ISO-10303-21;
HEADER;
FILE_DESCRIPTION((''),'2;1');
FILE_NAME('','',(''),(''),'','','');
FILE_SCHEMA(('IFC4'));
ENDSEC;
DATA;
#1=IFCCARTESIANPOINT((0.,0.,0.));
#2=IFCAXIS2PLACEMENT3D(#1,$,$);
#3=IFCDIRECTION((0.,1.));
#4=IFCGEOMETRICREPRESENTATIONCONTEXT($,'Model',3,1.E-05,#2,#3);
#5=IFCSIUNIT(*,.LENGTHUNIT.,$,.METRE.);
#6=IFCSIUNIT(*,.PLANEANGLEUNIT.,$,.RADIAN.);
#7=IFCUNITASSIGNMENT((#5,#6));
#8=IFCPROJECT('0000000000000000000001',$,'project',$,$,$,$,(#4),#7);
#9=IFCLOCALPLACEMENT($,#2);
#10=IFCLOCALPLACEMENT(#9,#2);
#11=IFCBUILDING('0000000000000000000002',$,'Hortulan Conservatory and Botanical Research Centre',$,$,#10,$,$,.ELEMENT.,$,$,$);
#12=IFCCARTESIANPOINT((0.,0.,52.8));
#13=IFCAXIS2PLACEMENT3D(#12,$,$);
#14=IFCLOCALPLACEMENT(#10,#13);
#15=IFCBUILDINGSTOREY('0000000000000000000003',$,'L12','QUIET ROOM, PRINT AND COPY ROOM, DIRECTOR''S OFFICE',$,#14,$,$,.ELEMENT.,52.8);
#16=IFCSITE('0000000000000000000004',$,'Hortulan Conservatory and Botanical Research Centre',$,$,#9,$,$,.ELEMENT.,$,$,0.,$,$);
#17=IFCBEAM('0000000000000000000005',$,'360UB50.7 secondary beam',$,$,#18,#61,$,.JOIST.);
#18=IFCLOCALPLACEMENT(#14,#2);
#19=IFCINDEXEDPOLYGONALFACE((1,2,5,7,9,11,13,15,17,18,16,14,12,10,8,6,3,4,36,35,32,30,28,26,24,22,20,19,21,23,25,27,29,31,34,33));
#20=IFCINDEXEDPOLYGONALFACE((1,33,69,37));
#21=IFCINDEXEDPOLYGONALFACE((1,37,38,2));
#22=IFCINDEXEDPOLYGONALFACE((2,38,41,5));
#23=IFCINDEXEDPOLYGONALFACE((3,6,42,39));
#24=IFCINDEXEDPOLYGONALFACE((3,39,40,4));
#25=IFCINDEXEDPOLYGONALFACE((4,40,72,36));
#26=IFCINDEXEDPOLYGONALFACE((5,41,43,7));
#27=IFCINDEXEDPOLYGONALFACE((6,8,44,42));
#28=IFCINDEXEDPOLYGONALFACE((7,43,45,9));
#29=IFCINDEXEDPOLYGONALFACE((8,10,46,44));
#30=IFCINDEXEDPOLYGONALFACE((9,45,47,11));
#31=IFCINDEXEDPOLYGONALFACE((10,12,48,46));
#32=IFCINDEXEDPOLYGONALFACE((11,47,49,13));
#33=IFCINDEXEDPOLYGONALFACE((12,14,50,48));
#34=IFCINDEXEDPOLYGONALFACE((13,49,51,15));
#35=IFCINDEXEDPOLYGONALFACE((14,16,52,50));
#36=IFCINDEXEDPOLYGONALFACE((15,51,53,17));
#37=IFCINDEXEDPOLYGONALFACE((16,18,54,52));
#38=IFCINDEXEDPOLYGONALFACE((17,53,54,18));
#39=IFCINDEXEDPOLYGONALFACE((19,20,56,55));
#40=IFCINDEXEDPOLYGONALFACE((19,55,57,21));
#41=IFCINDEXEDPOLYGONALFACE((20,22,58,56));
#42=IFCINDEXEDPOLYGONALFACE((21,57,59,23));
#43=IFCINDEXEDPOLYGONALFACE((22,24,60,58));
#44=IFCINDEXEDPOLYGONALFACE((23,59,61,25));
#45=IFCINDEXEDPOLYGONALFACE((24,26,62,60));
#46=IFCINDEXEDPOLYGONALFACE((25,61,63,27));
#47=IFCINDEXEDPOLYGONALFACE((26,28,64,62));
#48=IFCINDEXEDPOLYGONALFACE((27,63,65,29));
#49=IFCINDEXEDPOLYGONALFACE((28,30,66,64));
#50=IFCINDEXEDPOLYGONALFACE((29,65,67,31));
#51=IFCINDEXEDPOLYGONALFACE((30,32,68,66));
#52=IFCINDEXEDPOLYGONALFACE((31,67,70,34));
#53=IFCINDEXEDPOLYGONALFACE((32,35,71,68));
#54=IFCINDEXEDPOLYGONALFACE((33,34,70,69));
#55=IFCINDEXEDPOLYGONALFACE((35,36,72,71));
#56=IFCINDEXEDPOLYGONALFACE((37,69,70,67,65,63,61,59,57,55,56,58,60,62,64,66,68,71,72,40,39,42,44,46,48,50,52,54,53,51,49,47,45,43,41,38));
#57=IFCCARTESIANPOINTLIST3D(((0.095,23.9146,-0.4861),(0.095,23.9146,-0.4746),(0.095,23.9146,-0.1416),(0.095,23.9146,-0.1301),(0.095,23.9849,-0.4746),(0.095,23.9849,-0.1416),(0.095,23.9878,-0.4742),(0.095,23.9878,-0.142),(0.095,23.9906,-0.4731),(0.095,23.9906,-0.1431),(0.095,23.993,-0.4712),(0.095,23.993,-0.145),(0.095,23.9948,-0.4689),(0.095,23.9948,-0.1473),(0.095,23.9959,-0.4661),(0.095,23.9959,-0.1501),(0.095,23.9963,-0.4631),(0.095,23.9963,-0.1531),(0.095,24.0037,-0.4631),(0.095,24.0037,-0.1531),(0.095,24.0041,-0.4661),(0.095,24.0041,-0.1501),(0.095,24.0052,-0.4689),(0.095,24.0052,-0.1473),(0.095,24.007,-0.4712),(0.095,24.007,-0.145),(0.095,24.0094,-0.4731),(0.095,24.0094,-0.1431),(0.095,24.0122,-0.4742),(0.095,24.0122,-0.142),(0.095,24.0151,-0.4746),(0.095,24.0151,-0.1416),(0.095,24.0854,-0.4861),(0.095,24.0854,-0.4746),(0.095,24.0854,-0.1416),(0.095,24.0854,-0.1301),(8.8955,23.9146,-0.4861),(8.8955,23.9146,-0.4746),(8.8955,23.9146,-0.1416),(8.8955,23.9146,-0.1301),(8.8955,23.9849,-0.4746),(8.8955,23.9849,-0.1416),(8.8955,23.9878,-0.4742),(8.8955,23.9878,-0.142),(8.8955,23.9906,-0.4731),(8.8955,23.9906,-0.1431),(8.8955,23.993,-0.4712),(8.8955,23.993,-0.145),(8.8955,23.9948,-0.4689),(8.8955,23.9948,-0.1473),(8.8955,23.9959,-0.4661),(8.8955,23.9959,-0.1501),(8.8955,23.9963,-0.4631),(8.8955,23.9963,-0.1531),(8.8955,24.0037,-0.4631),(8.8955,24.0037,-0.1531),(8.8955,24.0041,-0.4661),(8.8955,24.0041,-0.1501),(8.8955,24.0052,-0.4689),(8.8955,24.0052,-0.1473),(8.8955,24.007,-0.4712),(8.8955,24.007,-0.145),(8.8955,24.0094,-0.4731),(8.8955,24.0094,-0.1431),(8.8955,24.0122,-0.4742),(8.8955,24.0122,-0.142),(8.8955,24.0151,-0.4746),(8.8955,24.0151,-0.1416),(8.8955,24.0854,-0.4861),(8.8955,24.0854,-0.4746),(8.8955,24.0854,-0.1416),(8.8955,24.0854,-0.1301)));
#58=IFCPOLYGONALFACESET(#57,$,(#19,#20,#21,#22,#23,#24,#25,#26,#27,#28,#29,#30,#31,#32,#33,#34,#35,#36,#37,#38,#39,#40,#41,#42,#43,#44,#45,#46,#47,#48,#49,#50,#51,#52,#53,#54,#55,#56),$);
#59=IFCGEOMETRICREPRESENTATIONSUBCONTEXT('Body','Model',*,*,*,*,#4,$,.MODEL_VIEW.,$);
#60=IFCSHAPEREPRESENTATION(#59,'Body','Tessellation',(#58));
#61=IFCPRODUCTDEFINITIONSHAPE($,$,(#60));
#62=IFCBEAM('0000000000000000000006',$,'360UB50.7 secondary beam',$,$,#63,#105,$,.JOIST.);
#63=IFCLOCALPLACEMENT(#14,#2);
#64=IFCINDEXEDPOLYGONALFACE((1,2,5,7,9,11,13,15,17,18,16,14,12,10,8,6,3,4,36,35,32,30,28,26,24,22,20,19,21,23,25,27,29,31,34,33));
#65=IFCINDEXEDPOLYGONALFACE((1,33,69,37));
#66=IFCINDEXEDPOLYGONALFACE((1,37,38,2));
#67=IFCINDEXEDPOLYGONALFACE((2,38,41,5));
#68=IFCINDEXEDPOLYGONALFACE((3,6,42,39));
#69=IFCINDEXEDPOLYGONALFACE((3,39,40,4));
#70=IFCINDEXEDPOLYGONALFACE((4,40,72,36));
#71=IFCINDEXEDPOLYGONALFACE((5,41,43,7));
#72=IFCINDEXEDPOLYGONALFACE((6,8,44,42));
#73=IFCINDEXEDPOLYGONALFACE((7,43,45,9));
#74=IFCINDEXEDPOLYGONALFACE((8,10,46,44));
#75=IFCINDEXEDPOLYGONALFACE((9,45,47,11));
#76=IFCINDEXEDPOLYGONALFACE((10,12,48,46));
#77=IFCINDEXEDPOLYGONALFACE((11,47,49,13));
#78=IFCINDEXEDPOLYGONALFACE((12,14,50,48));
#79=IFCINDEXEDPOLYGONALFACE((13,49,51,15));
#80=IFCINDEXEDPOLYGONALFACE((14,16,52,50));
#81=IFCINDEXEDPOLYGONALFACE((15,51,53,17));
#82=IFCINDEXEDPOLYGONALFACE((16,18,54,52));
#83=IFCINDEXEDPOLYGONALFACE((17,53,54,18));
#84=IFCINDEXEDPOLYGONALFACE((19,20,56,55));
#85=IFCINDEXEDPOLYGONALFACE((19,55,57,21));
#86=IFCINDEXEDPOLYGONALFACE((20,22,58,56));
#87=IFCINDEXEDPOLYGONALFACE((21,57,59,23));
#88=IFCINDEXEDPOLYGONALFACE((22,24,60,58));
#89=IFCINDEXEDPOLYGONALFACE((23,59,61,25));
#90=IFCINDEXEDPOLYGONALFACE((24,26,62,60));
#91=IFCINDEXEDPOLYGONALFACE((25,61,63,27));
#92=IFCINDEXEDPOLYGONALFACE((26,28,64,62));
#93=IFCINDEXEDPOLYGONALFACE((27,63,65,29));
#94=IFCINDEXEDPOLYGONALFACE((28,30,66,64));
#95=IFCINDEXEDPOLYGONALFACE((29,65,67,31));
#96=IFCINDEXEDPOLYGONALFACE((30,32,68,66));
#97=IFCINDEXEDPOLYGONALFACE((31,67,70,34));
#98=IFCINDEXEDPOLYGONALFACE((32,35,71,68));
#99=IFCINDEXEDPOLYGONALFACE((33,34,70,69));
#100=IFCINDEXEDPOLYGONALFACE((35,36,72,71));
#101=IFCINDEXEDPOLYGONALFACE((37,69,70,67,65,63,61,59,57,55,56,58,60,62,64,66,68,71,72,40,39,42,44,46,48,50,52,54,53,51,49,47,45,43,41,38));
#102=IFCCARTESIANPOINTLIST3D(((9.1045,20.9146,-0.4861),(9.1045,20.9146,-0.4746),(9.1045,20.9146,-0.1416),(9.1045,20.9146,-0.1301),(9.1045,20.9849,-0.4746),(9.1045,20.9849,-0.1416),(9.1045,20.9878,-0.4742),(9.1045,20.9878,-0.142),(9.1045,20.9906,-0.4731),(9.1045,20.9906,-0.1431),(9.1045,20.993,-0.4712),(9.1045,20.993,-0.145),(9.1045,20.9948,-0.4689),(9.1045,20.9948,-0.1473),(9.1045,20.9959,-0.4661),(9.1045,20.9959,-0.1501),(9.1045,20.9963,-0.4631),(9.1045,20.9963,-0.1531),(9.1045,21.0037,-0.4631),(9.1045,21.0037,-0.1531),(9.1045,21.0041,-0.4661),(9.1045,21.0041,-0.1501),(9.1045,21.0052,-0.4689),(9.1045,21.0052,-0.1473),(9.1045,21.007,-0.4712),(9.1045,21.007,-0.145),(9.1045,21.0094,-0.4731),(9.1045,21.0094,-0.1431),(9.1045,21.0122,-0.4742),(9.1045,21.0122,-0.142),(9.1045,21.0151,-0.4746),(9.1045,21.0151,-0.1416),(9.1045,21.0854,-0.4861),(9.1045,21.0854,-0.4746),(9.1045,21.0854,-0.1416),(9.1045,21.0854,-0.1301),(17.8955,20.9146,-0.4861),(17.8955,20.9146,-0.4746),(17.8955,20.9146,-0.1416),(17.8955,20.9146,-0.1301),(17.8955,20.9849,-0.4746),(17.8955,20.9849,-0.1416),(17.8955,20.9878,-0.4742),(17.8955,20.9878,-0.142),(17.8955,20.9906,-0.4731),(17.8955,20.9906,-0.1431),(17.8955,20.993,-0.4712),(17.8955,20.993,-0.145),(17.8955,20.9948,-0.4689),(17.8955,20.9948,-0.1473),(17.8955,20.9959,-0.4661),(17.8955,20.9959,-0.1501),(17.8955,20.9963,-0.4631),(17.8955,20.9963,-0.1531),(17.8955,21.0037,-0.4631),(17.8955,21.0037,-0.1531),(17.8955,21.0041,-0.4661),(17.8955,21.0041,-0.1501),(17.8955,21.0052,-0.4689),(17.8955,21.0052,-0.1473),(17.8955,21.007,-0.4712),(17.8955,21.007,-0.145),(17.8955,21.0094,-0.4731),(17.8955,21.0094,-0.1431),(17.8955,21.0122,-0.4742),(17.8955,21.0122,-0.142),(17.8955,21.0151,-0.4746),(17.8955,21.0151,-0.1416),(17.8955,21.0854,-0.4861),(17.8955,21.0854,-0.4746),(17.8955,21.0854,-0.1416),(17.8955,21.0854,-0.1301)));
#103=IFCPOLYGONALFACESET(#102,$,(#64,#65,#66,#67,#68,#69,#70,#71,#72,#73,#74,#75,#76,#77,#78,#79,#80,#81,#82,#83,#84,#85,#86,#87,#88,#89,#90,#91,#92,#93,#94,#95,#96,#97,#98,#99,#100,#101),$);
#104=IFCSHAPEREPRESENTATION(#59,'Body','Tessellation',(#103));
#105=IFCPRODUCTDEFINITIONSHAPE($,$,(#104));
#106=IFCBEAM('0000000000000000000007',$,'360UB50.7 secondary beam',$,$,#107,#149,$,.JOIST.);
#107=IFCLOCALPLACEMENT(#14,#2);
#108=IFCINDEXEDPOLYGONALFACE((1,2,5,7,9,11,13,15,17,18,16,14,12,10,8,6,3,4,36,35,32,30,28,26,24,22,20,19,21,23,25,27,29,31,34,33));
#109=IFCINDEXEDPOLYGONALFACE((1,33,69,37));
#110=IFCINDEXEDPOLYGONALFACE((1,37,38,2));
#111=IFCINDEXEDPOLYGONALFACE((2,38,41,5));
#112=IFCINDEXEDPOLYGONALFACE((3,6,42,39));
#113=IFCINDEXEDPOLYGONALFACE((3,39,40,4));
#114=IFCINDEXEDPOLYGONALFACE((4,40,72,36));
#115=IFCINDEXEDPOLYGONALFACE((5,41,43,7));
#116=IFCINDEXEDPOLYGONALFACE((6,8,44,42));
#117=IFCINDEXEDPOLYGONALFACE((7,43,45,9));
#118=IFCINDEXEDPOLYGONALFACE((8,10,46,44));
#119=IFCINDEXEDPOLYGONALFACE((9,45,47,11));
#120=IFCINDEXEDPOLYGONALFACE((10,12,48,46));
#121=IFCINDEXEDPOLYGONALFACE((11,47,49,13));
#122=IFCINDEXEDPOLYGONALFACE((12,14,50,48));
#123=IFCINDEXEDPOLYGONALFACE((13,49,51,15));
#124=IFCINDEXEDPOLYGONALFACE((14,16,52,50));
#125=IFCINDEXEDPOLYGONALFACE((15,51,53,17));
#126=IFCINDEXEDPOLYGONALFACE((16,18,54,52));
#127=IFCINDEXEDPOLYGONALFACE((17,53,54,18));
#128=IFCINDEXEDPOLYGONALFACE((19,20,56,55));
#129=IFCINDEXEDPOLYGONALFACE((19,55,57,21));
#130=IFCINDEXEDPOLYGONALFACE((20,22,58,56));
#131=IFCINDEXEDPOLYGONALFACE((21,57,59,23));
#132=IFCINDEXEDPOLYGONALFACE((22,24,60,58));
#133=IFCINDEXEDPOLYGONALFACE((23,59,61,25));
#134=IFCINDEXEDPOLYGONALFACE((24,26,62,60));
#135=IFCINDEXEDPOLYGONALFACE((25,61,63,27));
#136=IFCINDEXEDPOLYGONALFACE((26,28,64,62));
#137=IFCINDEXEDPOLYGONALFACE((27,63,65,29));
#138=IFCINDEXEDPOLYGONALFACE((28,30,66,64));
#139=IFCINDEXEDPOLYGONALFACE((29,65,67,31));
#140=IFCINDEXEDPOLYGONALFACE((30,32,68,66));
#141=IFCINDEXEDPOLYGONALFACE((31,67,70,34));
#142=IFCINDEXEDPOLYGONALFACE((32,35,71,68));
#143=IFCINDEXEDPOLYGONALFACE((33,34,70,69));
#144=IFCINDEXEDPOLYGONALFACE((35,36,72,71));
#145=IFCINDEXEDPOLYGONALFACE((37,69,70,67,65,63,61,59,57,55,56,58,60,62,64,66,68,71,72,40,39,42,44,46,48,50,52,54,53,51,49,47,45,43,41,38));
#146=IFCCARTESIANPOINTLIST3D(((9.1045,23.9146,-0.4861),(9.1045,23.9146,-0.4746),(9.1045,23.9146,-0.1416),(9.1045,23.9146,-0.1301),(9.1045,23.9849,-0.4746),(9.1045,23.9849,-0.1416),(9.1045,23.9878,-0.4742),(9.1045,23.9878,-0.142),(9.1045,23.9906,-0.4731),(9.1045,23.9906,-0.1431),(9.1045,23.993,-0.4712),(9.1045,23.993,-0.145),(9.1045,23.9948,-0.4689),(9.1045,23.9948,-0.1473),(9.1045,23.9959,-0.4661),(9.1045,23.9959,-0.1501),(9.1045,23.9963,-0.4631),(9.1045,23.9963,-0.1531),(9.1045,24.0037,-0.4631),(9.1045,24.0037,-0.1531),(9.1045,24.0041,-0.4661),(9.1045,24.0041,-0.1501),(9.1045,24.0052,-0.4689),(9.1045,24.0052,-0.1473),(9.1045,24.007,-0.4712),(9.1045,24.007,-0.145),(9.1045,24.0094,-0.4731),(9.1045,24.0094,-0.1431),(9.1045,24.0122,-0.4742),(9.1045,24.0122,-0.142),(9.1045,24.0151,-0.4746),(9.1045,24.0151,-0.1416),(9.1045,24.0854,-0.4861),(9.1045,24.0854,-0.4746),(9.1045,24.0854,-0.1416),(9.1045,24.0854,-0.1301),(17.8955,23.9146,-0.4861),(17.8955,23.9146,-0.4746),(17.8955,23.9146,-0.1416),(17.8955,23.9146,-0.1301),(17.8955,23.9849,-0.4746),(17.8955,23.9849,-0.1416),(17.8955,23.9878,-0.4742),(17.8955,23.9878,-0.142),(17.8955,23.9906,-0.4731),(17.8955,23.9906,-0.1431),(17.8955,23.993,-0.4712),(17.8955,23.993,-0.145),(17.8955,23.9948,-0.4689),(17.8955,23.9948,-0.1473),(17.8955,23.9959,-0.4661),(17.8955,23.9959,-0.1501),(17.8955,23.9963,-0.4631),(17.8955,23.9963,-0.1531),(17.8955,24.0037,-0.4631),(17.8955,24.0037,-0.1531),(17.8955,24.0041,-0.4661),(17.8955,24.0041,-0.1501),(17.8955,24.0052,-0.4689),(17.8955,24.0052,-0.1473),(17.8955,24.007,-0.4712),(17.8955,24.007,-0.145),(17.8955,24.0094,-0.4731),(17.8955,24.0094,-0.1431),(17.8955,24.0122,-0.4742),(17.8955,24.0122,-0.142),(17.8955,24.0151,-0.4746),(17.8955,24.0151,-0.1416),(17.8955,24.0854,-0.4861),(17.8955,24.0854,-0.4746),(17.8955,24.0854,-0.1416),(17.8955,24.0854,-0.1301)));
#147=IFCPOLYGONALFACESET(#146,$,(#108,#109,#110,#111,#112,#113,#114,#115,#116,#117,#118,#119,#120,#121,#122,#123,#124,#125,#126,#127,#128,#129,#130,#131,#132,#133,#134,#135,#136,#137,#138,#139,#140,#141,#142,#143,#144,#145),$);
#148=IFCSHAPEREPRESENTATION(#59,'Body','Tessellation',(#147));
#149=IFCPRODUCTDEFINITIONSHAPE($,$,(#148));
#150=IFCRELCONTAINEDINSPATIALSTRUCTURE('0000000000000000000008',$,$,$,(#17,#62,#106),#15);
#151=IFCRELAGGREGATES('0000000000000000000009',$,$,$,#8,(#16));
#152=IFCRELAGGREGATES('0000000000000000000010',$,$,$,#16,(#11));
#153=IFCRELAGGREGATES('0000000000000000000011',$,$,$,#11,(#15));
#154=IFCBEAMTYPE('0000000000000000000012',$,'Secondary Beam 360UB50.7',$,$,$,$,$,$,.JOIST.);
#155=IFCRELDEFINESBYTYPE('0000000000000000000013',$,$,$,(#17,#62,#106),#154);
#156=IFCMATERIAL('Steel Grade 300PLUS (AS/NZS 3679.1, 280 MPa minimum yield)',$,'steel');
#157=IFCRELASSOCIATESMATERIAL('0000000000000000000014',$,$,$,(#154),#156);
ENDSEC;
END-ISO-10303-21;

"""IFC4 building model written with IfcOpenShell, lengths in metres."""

from ifc_helpers import new_model, si_unit, direction, frame, origin, origin_2d, place, context, subcontext, project, spatial, i_section, extrude, material, material_profile, profile_set, type_object, element, save


model = new_model("IFC4")

# Units and contexts
model_context = context("Model", 3, precision=1e-05, world=origin(), true_north=direction((0.0, 1.0)))
body_context = subcontext(model_context, "Body", "Model", "MODEL_VIEW")
ifc_project = project(units=[si_unit("LENGTHUNIT", "METRE"), si_unit("PLANEANGLEUNIT", "RADIAN")], contexts=[model_context])

# Site, building, storey
site_placement = place(None, origin())
site = spatial("IfcSite", under=ifc_project, at=site_placement, Name="Hortulan Conservatory and Botanical Research Centre", CompositionType="ELEMENT", RefElevation=0.0)
building_placement = place(site_placement, origin())
building = spatial("IfcBuilding", under=site, at=building_placement, Name="Hortulan Conservatory and Botanical Research Centre", CompositionType="ELEMENT")
storey_placement = place(building_placement, frame((0.0, 0.0, 52.8)))
storey = spatial("IfcBuildingStorey", under=building, at=storey_placement, Name="L12", Description="QUIET ROOM, PRINT AND COPY ROOM, DIRECTOR'S OFFICE", CompositionType="ELEMENT", Elevation=52.8)

# Shared definitions
ifc_material_1 = material(Name="Steel Grade 300PLUS (AS/NZS 3679.1, 280 MPa minimum yield)", Category="steel")

# Beams
ifc_material_profile_1 = material_profile(ifc_material_1, i_section(OverallWidth=0.1709, OverallDepth=0.356, WebThickness=0.0073, FlangeThickness=0.0115, FilletRadius=0.0115, at=origin_2d()), Name="360UB50.7")
ifc_profile_set_1 = profile_set([ifc_material_profile_1], Name="Steel Grade 300PLUS (AS/NZS 3679.1, 280 MPa minimum yield)")
beam_type_1 = type_object("IfcBeamType", Name="Secondary Beam 360UB50.7", PredefinedType="JOIST", material=ifc_profile_set_1)
beam_1_placement = place(storey_placement, frame((0.095, 24.0, -0.3081), z_axis=(1.0, 0.0, 0.0), x_axis=(0.0, 1.0, 0.0)))
element("IfcBeam", 1, at=beam_1_placement, inside=storey, type_object=beam_type_1, Name="360UB50.7 secondary beam", PredefinedType="JOIST", context=body_context, shape_type="SweptSolid", body=[
    extrude(i_section(OverallWidth=0.1709, OverallDepth=0.356, WebThickness=0.0073, FlangeThickness=0.0115, FilletRadius=0.0115, at=origin_2d()), origin(), (0.0, 0.0, 1.0), 8.8005),
])
for number, where, z_axis, x_axis, name in (
    (2, (9.1045, 21.0, -0.3081), (1.0, 0.0, 0.0), (0.0, 1.0, 0.0), "360UB50.7 secondary beam"),
    (3, (9.1045, 24.0, -0.3081), (1.0, 0.0, 0.0), (0.0, 1.0, 0.0), "360UB50.7 secondary beam"),
):
    element("IfcBeam", number, at=place(storey_placement, frame(where, z_axis=z_axis, x_axis=x_axis)), inside=storey, type_object=beam_type_1, Name=name, PredefinedType="JOIST", context=body_context, shape_type="SweptSolid", body=[
        extrude(i_section(OverallWidth=0.1709, OverallDepth=0.356, WebThickness=0.0073, FlangeThickness=0.0115, FilletRadius=0.0115, at=origin_2d()), origin(), (0.0, 0.0, 1.0), 8.791),
    ])

save(model, "model.ifc")
